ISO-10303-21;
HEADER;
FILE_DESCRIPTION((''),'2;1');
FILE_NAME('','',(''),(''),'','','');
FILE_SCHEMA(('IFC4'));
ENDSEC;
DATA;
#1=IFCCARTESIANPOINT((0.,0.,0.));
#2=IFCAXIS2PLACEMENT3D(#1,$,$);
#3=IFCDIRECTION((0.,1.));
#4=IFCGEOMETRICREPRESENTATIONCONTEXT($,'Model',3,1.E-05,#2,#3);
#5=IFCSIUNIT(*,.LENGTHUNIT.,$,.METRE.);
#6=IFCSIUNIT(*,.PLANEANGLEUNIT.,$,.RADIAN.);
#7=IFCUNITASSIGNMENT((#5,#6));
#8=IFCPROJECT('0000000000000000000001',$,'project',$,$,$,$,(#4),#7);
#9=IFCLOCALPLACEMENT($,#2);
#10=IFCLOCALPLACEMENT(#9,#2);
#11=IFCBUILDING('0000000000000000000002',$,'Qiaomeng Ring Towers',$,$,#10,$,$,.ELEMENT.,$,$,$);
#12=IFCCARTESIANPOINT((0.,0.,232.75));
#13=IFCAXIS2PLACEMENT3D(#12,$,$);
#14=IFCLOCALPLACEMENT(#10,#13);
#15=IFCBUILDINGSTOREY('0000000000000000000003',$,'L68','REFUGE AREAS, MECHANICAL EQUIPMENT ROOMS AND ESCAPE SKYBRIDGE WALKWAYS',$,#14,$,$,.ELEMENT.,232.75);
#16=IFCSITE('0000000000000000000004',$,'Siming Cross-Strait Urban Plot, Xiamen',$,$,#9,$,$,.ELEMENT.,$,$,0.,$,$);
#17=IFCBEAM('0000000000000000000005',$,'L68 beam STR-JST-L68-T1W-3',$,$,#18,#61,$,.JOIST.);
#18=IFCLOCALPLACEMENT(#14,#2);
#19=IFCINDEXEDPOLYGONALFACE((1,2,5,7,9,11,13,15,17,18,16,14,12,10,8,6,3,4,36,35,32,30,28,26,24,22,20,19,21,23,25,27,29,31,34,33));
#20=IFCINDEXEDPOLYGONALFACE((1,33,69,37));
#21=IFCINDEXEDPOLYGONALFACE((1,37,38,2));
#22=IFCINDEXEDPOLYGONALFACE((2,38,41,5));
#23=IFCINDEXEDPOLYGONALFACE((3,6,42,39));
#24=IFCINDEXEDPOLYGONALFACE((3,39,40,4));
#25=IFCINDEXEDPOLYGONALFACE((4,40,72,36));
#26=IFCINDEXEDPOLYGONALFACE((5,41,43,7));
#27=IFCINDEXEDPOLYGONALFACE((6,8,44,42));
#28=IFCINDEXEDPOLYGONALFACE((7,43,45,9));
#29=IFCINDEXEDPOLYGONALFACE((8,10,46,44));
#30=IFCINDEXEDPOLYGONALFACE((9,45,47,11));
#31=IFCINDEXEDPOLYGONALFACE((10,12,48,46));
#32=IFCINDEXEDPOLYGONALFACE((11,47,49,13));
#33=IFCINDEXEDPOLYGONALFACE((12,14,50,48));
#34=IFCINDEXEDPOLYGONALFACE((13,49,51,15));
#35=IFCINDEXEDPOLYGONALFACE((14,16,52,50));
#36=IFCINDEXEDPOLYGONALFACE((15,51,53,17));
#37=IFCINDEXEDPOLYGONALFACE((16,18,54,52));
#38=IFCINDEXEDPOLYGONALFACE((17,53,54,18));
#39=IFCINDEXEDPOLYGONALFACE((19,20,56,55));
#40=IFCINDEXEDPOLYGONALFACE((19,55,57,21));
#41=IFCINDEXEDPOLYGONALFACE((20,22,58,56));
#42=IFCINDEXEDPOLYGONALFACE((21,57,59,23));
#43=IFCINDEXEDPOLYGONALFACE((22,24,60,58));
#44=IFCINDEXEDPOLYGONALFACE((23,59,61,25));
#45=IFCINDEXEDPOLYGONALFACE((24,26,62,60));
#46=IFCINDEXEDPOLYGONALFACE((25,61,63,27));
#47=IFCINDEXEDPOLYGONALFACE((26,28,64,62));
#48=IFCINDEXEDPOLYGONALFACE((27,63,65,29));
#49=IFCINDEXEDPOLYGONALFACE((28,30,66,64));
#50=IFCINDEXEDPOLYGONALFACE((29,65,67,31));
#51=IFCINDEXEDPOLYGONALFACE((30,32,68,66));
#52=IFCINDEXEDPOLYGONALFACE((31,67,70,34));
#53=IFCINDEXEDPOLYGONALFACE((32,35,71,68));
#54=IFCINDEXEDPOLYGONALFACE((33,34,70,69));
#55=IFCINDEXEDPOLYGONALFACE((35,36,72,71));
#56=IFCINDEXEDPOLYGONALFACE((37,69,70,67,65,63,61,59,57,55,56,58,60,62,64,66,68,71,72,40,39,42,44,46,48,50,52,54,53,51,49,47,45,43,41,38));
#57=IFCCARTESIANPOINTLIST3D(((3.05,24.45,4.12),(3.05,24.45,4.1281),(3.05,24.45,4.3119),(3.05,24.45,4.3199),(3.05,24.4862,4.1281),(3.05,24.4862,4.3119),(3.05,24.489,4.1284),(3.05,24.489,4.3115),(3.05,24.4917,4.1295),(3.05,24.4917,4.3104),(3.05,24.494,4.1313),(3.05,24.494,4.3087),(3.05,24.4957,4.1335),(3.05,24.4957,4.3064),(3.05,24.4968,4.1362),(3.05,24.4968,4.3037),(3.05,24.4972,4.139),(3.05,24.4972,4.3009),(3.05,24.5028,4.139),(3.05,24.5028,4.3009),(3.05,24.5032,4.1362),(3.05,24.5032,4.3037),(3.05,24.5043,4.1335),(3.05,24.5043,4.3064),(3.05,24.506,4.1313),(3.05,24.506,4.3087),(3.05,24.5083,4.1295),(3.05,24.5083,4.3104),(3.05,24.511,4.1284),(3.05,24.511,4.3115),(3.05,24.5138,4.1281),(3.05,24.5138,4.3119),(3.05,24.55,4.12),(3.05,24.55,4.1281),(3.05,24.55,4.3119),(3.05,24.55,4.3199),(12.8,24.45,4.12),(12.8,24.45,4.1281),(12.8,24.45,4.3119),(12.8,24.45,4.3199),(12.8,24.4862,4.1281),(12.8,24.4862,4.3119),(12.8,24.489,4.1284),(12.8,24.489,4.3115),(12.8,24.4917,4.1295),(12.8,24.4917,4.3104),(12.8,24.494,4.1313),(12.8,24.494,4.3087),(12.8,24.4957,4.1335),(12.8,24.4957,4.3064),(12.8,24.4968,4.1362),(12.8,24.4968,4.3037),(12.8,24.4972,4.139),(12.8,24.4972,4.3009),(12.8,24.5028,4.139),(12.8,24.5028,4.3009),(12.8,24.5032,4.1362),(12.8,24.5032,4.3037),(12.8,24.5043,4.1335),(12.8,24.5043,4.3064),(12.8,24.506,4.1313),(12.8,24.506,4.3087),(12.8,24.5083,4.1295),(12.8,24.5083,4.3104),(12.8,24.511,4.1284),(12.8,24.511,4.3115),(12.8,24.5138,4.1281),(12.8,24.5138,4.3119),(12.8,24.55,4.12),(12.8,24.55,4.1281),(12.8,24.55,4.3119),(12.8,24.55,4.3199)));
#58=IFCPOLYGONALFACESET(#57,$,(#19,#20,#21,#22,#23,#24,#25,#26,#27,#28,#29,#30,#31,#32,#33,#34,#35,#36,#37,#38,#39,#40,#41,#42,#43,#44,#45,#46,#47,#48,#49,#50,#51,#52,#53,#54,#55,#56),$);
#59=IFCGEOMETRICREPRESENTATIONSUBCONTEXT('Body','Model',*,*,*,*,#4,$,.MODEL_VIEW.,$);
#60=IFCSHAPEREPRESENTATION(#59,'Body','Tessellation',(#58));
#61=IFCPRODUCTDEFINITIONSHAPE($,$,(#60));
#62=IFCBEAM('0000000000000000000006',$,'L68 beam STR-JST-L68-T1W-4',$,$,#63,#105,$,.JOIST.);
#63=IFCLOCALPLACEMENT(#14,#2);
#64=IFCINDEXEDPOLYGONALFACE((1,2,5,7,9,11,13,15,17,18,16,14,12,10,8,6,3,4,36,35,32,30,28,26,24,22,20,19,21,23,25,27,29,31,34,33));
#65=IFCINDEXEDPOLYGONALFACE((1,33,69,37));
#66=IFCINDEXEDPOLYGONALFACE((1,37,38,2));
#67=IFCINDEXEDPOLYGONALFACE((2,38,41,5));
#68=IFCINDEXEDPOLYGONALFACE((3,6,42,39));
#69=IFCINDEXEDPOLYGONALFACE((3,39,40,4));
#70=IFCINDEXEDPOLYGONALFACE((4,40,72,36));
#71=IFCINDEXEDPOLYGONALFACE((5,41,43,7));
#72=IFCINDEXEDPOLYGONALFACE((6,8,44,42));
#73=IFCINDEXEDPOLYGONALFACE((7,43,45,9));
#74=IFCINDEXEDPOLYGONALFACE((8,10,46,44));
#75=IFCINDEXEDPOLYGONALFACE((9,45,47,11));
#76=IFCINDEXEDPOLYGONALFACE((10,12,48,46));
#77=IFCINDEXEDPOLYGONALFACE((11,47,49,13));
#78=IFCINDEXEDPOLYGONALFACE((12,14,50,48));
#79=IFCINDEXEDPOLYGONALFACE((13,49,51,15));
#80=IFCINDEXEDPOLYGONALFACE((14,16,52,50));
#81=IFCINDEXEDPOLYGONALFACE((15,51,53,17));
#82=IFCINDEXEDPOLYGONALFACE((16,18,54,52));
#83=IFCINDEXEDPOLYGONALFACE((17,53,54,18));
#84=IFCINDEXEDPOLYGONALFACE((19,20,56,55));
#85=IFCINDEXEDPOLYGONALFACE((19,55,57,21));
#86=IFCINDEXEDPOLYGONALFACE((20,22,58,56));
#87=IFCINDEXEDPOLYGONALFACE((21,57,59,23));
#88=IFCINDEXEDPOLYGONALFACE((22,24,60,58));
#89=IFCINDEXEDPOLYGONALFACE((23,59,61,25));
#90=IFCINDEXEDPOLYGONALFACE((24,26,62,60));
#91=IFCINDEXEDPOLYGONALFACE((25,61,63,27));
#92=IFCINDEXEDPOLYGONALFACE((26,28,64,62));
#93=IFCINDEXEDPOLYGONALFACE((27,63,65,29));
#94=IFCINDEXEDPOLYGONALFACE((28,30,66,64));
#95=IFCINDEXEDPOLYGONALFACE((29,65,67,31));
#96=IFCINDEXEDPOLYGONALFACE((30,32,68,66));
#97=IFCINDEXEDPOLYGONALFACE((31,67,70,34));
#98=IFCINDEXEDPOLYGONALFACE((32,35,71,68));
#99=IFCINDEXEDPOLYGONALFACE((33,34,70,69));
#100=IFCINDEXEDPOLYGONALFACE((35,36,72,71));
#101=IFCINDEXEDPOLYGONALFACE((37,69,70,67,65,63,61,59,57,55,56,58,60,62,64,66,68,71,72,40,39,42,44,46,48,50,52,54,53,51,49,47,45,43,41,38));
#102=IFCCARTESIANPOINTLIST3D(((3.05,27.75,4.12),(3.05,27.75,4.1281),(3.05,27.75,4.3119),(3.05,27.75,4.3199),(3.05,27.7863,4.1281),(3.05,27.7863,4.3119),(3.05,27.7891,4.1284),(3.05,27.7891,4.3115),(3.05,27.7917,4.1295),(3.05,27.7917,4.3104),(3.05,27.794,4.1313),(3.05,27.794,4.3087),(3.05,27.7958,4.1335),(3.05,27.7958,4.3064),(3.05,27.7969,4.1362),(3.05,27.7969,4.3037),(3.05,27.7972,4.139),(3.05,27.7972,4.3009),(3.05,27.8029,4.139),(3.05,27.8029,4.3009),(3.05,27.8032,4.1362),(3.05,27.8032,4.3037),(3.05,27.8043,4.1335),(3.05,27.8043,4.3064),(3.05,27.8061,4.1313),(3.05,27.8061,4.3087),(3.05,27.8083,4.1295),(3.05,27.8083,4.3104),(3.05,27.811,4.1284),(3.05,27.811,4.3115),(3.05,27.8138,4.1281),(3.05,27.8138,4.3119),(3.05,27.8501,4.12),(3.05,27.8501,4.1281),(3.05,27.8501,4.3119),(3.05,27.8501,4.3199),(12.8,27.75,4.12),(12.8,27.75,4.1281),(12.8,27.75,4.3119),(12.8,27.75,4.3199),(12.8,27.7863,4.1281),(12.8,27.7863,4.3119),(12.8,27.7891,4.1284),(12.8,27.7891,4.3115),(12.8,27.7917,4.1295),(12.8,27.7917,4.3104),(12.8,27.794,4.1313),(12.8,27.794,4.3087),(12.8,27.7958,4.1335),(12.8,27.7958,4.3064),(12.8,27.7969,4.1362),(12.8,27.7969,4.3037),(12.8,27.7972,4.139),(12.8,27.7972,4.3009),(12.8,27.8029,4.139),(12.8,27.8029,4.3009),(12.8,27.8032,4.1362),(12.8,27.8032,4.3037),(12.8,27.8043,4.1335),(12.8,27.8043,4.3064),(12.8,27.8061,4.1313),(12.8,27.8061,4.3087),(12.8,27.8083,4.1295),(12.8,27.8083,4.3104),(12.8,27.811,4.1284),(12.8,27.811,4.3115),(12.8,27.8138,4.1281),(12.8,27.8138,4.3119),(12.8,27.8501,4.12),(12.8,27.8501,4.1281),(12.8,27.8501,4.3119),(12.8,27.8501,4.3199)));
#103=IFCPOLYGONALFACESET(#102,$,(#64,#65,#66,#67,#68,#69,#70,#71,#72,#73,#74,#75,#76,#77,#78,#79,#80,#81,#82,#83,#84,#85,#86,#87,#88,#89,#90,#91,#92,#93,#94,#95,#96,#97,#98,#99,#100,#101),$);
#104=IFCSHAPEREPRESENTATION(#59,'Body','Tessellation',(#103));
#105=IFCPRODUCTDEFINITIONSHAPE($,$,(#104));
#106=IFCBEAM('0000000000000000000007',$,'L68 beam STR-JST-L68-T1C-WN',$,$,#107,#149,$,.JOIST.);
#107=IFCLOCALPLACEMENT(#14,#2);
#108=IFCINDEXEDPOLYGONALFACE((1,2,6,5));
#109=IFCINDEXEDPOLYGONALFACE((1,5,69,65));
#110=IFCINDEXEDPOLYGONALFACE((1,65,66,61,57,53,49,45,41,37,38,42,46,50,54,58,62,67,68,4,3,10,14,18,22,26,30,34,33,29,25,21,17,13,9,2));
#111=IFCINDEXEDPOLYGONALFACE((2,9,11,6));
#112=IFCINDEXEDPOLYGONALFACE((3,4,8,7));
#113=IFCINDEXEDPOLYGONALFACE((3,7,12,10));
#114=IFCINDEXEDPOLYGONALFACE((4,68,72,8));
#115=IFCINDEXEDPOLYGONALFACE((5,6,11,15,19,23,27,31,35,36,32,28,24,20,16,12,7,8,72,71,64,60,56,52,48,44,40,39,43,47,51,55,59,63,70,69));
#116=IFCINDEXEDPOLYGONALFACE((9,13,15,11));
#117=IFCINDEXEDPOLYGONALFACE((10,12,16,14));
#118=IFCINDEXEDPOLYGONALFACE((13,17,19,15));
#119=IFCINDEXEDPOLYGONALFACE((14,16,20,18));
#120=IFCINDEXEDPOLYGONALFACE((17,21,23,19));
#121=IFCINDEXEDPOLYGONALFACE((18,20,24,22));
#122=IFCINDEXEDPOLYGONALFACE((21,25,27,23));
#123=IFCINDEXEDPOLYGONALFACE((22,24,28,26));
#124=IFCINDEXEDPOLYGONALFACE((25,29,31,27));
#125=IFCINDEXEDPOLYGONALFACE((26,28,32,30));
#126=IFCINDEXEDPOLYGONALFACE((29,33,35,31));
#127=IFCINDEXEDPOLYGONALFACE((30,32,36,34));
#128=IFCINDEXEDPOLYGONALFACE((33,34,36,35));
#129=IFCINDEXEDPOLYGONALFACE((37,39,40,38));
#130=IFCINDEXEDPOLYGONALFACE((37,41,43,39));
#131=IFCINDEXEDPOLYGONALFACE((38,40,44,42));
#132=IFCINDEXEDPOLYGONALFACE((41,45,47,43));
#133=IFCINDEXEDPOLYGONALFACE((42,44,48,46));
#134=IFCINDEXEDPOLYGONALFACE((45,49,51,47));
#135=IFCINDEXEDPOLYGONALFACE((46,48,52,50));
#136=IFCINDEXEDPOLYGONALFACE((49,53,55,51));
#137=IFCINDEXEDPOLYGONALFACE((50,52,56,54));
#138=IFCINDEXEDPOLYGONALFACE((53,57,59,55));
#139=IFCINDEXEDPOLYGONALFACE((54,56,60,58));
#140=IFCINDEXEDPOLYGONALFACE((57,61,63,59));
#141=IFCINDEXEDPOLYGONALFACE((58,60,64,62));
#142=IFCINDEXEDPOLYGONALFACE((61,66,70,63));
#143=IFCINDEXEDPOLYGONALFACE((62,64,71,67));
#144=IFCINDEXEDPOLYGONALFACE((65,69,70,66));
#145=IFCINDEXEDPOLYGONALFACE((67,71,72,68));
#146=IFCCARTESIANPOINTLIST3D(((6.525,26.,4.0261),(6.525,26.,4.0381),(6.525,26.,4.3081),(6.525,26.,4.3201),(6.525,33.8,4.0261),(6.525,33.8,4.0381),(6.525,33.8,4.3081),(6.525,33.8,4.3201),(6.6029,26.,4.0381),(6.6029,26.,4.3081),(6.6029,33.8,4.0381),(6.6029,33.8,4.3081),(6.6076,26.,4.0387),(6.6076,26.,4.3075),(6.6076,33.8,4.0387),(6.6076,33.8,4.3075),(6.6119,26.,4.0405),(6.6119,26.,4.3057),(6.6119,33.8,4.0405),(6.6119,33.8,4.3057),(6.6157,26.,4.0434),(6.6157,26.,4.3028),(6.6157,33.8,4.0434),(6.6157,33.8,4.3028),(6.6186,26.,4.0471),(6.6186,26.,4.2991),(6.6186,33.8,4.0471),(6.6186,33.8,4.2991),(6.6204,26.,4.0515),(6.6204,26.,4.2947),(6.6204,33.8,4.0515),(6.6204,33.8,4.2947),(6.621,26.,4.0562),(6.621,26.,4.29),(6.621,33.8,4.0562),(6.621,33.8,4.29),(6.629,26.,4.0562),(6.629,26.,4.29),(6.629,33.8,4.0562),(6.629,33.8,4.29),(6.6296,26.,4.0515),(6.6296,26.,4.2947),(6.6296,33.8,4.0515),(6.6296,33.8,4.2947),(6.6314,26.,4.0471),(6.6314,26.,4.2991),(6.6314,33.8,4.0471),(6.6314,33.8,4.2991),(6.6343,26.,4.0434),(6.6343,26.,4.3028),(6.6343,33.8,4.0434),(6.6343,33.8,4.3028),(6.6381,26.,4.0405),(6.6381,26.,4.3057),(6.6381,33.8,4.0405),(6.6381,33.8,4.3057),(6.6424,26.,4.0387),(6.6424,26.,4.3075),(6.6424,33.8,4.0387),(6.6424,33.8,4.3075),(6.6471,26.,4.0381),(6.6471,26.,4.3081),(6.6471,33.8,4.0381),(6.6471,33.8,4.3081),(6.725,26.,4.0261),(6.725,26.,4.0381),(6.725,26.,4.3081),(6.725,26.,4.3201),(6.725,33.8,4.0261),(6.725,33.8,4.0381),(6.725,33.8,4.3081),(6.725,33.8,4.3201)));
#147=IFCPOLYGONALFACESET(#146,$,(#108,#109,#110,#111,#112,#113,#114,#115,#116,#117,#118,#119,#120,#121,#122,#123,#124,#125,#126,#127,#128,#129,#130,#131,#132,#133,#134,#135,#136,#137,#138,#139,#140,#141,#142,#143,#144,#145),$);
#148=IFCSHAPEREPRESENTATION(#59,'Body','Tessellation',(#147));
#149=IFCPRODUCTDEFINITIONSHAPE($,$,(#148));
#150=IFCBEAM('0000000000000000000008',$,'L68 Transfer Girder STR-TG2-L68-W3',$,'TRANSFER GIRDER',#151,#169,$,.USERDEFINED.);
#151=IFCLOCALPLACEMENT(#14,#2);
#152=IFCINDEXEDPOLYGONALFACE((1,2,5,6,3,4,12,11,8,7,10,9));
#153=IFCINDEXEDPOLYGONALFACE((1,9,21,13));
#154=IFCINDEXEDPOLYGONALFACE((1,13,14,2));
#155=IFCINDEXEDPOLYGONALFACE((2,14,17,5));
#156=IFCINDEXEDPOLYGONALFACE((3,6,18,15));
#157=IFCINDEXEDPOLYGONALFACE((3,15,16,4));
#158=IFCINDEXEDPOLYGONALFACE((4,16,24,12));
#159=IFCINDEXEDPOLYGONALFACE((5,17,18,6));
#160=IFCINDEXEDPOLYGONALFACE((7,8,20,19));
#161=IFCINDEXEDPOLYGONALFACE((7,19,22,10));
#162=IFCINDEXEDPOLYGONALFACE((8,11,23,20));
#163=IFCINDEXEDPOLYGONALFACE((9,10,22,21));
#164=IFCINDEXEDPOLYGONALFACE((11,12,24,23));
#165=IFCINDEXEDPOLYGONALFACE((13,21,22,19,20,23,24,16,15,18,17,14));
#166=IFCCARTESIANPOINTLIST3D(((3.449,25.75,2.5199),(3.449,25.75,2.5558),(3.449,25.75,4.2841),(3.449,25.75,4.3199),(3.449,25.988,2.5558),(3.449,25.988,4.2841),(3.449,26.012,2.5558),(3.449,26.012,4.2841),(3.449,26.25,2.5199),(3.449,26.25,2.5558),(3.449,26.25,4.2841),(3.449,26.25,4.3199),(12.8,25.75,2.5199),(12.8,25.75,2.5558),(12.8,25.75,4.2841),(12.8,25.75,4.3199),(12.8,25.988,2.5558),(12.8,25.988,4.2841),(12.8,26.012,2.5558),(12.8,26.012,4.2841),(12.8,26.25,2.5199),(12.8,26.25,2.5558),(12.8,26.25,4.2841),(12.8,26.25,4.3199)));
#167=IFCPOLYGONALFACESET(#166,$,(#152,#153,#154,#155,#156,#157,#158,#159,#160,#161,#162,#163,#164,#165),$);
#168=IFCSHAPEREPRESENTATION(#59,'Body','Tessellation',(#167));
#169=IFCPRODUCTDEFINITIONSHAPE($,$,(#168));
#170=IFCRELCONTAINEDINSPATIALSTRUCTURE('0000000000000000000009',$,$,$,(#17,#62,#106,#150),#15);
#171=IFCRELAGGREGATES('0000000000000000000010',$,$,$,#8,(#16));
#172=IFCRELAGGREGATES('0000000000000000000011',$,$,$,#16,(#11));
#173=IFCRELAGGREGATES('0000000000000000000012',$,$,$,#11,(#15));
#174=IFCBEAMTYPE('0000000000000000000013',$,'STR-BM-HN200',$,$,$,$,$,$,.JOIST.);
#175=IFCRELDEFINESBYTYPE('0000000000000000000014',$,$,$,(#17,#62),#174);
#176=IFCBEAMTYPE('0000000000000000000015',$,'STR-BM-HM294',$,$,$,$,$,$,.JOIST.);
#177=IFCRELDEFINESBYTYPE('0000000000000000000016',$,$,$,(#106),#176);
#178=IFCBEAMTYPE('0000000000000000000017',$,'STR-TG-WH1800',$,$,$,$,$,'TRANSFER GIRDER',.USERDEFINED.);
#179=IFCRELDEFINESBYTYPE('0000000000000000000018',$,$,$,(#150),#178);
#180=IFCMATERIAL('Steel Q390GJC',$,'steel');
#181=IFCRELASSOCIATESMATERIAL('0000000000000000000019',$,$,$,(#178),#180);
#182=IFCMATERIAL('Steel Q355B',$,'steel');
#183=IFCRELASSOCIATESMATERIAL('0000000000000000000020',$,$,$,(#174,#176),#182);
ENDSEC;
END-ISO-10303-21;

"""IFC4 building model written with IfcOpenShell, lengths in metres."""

from ifc_helpers import new_model, si_unit, direction, frame, origin, origin_2d, place, context, subcontext, project, spatial, i_section, extrude, source, transform, mapped, material, material_profile, profile_set, type_object, element, save


model = new_model("IFC4")

# Units and contexts
model_context = context("Model", 3, precision=1e-05, world=origin(), true_north=direction((0.0, 1.0)))
body_context = subcontext(model_context, "Body", "Model", "MODEL_VIEW")
ifc_project = project(units=[si_unit("LENGTHUNIT", "METRE"), si_unit("PLANEANGLEUNIT", "RADIAN")], contexts=[model_context])

# Site, building, storey
site_placement = place(None, origin())
site = spatial("IfcSite", under=ifc_project, at=site_placement, Name="Siming Cross-Strait Urban Plot, Xiamen", CompositionType="ELEMENT", RefElevation=0.0)
building_placement = place(site_placement, origin())
building = spatial("IfcBuilding", under=site, at=building_placement, Name="Qiaomeng Ring Towers", CompositionType="ELEMENT")
storey_placement = place(building_placement, frame((0.0, 0.0, 232.75)))
storey = spatial("IfcBuildingStorey", under=building, at=storey_placement, Name="L68", Description="REFUGE AREAS, MECHANICAL EQUIPMENT ROOMS AND ESCAPE SKYBRIDGE WALKWAYS", CompositionType="ELEMENT", Elevation=232.75)

# Shared definitions
ifc_material_1 = material(Name="Steel Q390GJC", Category="steel")

# Shared definitions
ifc_material_profile_1 = material_profile(ifc_material_1, i_section(OverallWidth=0.5, OverallDepth=1.8, WebThickness=0.0239, FlangeThickness=0.0359, at=origin_2d()), Name="WH 1800x500x24x36")
ifc_profile_set_1 = profile_set([ifc_material_profile_1], Name="Steel Q390GJC")
beam_type_1 = type_object("IfcBeamType", Name="STR-TG-WH1800", ElementType="TRANSFER GIRDER", PredefinedType="USERDEFINED", material=ifc_profile_set_1)

# Beams
ifc_material_2 = material(Name="Steel Q355B", Category="steel")
ifc_material_profile_2 = material_profile(ifc_material_2, i_section(OverallWidth=0.1001, OverallDepth=0.2, WebThickness=0.0056, FlangeThickness=0.0081, FilletRadius=0.011, at=origin_2d()), Name="HN 200x100x5.5x8")
ifc_profile_set_2 = profile_set([ifc_material_profile_2], Name="Steel Q355B")
beam_type_2 = type_object("IfcBeamType", Name="STR-BM-HN200", PredefinedType="JOIST", material=ifc_profile_set_2)
shared_shape_1 = source(origin(), body_context, "Body", "SweptSolid", [
    extrude(i_section(OverallWidth=0.1001, OverallDepth=0.2, WebThickness=0.0056, FlangeThickness=0.0081, FilletRadius=0.011, at=origin_2d()), origin(), (0.0, 0.0, 1.0), 9.75),
])
for number, where, z_axis, x_axis, name in (
    (1, (3.05, 24.5, 4.22), (1.0, 0.0, 0.0), (0.0, 1.0, 0.0), "L68 beam STR-JST-L68-T1W-3"),
    (2, (3.05, 27.8, 4.22), (1.0, 0.0, 0.0), (0.0, 1.0, 0.0), "L68 beam STR-JST-L68-T1W-4"),
):
    element("IfcBeam", number, at=place(storey_placement, frame(where, z_axis=z_axis, x_axis=x_axis)), inside=storey, type_object=beam_type_2, Name=name, PredefinedType="JOIST", context=body_context, shape_type="MappedRepresentation", body=[
        mapped(shared_shape_1, transform((0.0, 0.0, 0.0), x_axis=(1.0, 0.0, 0.0), y_axis=(0.0, 1.0, 0.0), z_axis=(0.0, 0.0, 1.0), scale=1.0)),
    ])
ifc_material_profile_3 = material_profile(ifc_material_2, i_section(OverallWidth=0.2, OverallDepth=0.2939, WebThickness=0.0081, FlangeThickness=0.012, FilletRadius=0.0181, at=origin_2d()), Name="HM 294x200x8x12")
ifc_profile_set_3 = profile_set([ifc_material_profile_3], Name="Steel Q355B")
beam_type_3 = type_object("IfcBeamType", Name="STR-BM-HM294", PredefinedType="JOIST", material=ifc_profile_set_3)
shared_shape_2 = source(origin(), body_context, "Body", "SweptSolid", [
    extrude(i_section(OverallWidth=0.2, OverallDepth=0.2939, WebThickness=0.0081, FlangeThickness=0.012, FilletRadius=0.0181, at=origin_2d()), origin(), (0.0, 0.0, 1.0), 7.8),
])
beam_1_placement = place(storey_placement, frame((6.625, 26.0, 4.1731), z_axis=(0.0, 1.0, 0.0), x_axis=(-1.0, 0.0, 0.0)))
element("IfcBeam", 3, at=beam_1_placement, inside=storey, type_object=beam_type_3, Name="L68 beam STR-JST-L68-T1C-WN", PredefinedType="JOIST", context=body_context, shape_type="MappedRepresentation", body=[
    mapped(shared_shape_2, transform((0.0, 0.0, 0.0), x_axis=(1.0, 0.0, 0.0), y_axis=(0.0, 1.0, 0.0), z_axis=(0.0, 0.0, 1.0), scale=1.0)),
])
shared_shape_3 = source(origin(), body_context, "Body", "SweptSolid", [
    extrude(i_section(OverallWidth=0.5, OverallDepth=1.8, WebThickness=0.0239, FlangeThickness=0.0359, at=origin_2d()), origin(), (0.0, 0.0, 1.0), 9.3511),
])
beam_2_placement = place(storey_placement, frame((3.449, 26.0, 3.4199), z_axis=(1.0, 0.0, 0.0), x_axis=(0.0, 1.0, 0.0)))
element("IfcBeam", 4, at=beam_2_placement, inside=storey, type_object=beam_type_1, Name="L68 Transfer Girder STR-TG2-L68-W3", ObjectType="TRANSFER GIRDER", PredefinedType="USERDEFINED", context=body_context, shape_type="MappedRepresentation", body=[
    mapped(shared_shape_3, transform((0.0, 0.0, 0.0), x_axis=(1.0, 0.0, 0.0), y_axis=(0.0, 1.0, 0.0), z_axis=(0.0, 0.0, 1.0), scale=1.0)),
])

save(model, "model.ifc")
